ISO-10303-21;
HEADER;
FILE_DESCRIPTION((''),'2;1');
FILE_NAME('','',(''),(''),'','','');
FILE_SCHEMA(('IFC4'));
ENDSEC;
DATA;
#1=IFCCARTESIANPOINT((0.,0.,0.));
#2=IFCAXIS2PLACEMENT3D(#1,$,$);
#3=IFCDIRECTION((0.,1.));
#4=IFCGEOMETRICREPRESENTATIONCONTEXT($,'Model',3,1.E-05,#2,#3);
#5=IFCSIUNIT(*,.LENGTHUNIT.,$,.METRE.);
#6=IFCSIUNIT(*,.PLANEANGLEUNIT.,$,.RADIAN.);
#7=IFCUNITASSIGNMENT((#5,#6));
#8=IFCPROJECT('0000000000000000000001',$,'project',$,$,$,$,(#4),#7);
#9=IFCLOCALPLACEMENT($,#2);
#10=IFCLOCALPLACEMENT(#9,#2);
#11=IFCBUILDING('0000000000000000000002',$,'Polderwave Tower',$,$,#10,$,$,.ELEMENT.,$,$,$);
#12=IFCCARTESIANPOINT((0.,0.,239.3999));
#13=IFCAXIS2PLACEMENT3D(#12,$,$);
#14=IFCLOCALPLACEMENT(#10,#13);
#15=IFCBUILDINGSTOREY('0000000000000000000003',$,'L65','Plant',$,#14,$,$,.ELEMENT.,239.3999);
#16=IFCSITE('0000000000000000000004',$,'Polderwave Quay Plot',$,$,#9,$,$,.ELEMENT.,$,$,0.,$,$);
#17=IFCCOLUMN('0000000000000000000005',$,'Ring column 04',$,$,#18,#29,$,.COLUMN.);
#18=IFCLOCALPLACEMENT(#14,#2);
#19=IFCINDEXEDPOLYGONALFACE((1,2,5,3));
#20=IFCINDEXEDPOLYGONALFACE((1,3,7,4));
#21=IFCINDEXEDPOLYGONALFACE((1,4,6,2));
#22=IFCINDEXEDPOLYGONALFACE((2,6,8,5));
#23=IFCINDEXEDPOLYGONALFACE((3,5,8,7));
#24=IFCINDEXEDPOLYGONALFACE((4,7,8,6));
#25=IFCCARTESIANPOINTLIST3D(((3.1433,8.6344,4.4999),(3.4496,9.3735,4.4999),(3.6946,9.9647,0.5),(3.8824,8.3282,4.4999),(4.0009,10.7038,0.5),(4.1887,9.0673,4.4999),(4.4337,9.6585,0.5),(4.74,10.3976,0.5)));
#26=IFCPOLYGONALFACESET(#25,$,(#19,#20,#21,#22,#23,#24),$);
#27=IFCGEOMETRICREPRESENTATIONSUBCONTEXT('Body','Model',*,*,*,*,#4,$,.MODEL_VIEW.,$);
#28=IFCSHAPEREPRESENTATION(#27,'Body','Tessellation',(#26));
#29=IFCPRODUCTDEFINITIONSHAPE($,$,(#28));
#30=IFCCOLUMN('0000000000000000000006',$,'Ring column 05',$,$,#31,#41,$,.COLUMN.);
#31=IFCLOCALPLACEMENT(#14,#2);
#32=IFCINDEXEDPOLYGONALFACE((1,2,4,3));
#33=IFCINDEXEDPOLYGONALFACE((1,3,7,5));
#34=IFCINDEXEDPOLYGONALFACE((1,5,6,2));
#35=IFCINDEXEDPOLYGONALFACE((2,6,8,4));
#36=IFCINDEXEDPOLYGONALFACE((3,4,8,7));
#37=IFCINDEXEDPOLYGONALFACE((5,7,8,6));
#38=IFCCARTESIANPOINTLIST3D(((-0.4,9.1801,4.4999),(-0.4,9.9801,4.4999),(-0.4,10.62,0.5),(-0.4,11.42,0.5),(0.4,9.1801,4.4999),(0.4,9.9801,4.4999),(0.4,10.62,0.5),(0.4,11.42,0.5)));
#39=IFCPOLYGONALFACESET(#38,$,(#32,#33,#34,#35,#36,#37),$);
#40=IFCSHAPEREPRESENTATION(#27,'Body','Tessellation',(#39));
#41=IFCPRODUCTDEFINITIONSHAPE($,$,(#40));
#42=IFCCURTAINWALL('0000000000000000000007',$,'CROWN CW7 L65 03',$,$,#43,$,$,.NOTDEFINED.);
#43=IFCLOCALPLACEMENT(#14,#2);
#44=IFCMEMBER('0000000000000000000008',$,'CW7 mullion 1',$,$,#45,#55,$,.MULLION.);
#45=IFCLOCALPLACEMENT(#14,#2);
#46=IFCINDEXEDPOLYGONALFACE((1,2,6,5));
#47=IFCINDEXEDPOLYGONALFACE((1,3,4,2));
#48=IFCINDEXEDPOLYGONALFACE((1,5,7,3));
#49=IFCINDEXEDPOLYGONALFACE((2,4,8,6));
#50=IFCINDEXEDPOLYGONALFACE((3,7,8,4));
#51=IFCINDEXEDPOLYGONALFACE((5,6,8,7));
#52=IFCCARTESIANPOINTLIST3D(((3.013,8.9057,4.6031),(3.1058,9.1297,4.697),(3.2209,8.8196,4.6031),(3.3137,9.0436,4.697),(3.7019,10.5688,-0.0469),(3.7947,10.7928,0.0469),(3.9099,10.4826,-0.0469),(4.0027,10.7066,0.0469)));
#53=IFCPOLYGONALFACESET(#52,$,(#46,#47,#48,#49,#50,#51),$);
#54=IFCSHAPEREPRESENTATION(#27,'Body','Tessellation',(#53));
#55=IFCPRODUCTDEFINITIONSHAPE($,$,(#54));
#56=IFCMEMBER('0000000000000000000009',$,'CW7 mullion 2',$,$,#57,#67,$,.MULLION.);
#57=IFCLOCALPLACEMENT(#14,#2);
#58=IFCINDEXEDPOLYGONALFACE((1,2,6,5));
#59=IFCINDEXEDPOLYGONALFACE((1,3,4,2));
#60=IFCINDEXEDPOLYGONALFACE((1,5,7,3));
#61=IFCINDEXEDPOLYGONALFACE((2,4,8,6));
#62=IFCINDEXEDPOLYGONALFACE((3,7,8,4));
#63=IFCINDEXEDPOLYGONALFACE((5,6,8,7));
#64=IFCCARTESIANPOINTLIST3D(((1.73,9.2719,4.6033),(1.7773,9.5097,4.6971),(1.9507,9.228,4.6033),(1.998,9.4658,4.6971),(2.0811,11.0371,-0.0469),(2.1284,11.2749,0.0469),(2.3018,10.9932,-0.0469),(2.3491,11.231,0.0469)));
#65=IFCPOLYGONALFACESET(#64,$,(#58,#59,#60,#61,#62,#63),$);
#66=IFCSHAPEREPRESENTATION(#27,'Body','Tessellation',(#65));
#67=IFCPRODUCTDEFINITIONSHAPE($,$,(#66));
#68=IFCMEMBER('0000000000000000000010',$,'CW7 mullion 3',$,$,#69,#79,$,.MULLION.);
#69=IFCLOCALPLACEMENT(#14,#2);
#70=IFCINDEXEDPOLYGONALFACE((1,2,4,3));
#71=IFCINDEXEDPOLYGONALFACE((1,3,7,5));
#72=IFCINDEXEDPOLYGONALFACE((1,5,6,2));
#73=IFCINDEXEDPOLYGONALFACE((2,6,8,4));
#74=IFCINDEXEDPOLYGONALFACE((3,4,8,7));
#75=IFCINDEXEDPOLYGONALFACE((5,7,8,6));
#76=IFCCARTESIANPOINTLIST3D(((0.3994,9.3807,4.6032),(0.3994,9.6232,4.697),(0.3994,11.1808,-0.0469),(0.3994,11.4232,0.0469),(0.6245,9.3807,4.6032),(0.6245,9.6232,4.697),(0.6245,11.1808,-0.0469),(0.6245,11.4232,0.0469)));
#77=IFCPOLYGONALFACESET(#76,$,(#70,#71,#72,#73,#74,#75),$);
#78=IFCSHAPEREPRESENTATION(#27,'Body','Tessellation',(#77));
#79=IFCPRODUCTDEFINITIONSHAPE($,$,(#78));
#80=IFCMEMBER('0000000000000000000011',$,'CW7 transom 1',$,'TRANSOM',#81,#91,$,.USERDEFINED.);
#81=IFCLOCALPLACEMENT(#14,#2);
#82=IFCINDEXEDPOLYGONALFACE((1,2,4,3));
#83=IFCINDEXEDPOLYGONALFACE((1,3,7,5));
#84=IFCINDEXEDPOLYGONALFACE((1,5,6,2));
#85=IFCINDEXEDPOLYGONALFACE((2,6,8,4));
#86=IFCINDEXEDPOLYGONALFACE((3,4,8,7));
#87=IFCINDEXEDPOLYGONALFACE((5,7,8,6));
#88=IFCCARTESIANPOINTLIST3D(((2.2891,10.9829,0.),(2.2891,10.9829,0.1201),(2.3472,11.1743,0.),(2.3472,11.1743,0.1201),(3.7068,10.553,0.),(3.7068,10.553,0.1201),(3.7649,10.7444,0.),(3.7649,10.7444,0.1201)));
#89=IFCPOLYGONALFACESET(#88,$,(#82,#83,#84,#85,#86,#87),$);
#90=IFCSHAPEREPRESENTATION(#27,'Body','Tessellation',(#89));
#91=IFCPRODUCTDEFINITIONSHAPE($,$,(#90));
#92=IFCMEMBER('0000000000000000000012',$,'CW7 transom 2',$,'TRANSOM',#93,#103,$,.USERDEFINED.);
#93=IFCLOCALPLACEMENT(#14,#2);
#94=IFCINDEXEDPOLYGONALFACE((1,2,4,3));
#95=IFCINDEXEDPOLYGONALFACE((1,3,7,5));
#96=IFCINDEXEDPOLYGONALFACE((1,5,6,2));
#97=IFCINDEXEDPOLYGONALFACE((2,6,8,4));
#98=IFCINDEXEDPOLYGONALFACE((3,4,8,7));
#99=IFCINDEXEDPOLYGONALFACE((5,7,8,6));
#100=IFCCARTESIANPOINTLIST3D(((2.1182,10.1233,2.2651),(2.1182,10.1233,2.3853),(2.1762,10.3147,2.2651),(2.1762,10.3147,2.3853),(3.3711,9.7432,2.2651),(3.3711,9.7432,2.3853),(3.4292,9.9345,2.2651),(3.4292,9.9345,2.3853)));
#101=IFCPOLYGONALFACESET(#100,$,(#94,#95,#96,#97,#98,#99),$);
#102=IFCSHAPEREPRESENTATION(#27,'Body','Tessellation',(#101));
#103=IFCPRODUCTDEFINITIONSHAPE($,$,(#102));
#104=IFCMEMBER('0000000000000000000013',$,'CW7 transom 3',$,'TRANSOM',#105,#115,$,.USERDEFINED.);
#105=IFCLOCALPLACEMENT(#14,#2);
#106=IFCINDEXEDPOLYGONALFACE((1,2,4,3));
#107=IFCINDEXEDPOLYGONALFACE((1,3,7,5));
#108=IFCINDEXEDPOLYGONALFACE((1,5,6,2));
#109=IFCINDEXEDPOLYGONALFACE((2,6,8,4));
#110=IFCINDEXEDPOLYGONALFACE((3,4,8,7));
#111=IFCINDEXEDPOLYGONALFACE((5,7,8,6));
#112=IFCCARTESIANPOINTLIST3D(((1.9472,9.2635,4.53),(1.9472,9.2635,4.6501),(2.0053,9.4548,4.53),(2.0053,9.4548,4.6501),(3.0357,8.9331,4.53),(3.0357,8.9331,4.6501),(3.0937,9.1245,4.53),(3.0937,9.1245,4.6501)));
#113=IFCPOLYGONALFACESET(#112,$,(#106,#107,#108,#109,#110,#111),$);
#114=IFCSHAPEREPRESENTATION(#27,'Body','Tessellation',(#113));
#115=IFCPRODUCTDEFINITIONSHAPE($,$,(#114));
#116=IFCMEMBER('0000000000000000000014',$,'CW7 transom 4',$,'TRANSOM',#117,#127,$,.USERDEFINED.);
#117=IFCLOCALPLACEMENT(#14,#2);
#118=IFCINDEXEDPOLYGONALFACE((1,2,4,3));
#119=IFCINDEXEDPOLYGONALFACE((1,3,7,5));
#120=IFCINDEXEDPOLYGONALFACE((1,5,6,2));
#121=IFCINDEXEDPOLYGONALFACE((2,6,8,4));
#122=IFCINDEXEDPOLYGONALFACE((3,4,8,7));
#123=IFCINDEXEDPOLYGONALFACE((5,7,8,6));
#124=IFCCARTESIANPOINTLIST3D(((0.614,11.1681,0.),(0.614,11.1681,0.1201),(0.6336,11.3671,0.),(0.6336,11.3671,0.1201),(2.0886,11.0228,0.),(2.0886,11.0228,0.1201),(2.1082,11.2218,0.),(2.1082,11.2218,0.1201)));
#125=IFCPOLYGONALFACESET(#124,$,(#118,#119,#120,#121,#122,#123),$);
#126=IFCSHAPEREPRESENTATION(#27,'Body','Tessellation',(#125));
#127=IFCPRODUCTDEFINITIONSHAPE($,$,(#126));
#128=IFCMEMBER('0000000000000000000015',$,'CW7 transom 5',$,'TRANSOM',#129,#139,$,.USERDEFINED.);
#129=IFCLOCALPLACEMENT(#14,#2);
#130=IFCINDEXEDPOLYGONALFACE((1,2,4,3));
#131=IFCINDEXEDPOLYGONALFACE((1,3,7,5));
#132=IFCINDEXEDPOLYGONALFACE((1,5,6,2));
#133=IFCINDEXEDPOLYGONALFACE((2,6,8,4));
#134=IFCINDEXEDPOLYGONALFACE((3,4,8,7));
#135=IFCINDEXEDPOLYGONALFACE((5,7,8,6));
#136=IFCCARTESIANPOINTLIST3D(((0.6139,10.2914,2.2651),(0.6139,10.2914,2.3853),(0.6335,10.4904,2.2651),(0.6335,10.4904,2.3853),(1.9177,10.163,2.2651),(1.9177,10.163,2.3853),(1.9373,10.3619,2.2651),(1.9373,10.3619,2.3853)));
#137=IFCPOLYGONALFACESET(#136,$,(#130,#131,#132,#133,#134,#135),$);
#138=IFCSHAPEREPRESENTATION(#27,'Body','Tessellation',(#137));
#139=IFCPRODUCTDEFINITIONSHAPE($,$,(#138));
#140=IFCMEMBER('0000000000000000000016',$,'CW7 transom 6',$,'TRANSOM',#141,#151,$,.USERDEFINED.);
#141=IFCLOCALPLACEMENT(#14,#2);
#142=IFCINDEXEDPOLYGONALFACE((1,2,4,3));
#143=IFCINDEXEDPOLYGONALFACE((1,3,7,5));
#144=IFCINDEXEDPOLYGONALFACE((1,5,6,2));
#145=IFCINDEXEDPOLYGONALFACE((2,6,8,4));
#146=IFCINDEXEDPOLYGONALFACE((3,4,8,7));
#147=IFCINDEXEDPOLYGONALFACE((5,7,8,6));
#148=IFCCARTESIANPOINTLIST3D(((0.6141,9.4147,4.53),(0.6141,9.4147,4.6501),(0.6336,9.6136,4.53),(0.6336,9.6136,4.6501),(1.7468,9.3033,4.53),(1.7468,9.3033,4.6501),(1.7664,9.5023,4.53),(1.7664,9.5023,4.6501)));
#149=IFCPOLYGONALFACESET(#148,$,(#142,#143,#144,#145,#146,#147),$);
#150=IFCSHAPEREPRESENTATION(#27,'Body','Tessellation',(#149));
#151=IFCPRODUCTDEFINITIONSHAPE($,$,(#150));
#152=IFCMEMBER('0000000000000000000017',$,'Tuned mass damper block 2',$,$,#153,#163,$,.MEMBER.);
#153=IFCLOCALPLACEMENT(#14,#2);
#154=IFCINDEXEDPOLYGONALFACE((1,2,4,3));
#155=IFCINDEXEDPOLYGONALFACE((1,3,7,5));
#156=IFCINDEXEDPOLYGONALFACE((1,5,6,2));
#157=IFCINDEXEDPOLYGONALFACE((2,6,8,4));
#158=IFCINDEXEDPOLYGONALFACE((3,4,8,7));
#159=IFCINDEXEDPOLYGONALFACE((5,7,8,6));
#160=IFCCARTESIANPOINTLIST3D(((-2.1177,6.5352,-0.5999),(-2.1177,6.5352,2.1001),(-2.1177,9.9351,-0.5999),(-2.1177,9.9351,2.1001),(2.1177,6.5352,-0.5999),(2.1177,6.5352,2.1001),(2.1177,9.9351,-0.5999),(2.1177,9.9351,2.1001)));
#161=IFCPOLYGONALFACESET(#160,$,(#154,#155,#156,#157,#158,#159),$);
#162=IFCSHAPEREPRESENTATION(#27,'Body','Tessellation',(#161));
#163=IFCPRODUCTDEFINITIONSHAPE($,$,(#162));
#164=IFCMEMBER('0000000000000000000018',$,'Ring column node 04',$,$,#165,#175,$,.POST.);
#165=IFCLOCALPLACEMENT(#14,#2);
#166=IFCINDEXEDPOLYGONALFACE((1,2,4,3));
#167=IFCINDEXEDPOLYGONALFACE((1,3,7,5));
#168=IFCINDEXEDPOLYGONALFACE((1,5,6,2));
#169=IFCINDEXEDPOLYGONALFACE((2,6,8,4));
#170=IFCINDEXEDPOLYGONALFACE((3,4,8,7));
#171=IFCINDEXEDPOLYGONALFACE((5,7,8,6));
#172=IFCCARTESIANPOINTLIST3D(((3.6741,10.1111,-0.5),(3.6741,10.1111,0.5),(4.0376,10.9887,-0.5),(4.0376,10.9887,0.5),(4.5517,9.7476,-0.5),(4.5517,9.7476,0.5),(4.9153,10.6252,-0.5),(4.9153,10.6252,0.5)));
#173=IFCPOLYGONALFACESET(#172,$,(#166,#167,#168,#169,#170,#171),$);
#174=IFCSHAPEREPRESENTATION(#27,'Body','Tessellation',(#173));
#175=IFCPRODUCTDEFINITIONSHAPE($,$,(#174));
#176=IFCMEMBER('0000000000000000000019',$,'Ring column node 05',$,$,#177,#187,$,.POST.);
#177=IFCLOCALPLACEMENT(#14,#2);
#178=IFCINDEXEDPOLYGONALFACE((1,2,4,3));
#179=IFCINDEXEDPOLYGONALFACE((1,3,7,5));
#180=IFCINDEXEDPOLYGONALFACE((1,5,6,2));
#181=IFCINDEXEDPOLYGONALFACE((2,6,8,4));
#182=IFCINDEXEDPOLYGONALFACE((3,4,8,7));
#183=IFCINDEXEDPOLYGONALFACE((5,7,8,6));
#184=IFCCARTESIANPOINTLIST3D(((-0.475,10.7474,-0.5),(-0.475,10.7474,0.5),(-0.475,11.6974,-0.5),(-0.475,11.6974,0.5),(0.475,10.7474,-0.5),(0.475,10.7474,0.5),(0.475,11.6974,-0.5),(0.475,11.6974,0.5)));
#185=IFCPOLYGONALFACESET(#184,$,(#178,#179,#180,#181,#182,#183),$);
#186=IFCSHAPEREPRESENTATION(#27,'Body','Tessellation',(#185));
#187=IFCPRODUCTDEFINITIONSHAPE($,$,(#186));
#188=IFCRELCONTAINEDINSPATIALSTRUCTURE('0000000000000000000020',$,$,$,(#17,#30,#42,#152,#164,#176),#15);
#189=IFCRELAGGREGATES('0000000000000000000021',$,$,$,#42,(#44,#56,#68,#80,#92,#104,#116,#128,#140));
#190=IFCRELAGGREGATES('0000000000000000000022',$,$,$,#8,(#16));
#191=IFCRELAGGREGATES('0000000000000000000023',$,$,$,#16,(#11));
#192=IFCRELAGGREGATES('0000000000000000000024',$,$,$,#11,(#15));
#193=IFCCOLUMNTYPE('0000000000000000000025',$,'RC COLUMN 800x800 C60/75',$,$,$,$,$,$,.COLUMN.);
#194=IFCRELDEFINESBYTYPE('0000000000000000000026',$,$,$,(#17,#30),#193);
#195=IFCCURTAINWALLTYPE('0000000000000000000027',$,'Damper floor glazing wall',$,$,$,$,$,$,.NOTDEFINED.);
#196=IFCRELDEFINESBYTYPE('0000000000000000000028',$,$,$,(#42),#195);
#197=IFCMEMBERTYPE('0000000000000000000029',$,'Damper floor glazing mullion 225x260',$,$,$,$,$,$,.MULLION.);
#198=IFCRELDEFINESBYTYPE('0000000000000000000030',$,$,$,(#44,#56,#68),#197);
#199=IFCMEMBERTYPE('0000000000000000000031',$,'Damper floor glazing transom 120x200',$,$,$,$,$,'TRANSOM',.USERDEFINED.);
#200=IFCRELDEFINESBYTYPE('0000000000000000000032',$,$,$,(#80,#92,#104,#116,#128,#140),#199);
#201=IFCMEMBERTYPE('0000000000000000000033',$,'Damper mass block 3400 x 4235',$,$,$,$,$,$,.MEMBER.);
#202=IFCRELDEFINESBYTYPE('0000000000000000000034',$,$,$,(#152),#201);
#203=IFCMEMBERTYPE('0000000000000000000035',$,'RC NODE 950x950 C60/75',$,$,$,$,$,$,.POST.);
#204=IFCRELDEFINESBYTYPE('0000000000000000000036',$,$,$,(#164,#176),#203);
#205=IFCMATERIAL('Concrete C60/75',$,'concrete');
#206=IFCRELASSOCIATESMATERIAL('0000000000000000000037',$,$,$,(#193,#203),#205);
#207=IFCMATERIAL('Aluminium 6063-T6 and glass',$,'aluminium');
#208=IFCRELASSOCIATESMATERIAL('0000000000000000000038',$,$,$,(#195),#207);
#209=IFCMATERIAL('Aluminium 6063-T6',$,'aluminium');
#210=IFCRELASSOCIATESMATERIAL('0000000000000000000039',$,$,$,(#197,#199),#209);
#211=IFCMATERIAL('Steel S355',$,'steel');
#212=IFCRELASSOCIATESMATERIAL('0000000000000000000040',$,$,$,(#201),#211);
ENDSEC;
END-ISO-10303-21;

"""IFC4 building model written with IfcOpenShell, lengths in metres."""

from ifc_helpers import new_model, si_unit, direction, frame, origin, origin_2d, place, context, subcontext, project, spatial, rectangle, extrude, material, material_profile, profile_set, type_object, element, aggregate, save


model = new_model("IFC4")

# Units and contexts
model_context = context("Model", 3, precision=1e-05, world=origin(), true_north=direction((0.0, 1.0)))
body_context = subcontext(model_context, "Body", "Model", "MODEL_VIEW")
ifc_project = project(units=[si_unit("LENGTHUNIT", "METRE"), si_unit("PLANEANGLEUNIT", "RADIAN")], contexts=[model_context])

# Site, building, storey
site_placement = place(None, origin())
site = spatial("IfcSite", under=ifc_project, at=site_placement, Name="Polderwave Quay Plot", CompositionType="ELEMENT", RefElevation=0.0)
building_placement = place(site_placement, origin())
building = spatial("IfcBuilding", under=site, at=building_placement, Name="Polderwave Tower", CompositionType="ELEMENT")
storey_placement = place(building_placement, frame((0.0, 0.0, 239.3999)))
storey = spatial("IfcBuildingStorey", under=building, at=storey_placement, Name="L65", Description="Plant", CompositionType="ELEMENT", Elevation=239.3999)

# Columns
ifc_material_1 = material(Name="Concrete C60/75", Category="concrete")
ifc_material_profile_1 = material_profile(ifc_material_1, rectangle(XDim=0.8, YDim=0.8, at=origin_2d()), Name="RC 800x800")
ifc_profile_set_1 = profile_set([ifc_material_profile_1], Name="Concrete C60/75")
column_type = type_object("IfcColumnType", Name="RC COLUMN 800x800 C60/75", PredefinedType="COLUMN", material=ifc_profile_set_1)
column_1_placement = place(storey_placement, frame((4.2173, 10.1812, 0.5), z_axis=(0.0, 0.0, 1.0), x_axis=(0.923823, -0.382821, 0.0)))
element("IfcColumn", 1, at=column_1_placement, inside=storey, type_object=column_type, Name="Ring column 04", PredefinedType="COLUMN", context=body_context, shape_type="SweptSolid", body=[
    extrude(rectangle(XDim=0.8, YDim=0.8, at=origin_2d()), origin(), (0.0, -0.338723, 0.940886), 4.2512),
])
column_2_placement = place(storey_placement, frame((0.0, 11.02, 0.5), z_axis=(0.0, 0.0, 1.0), x_axis=(1.0, 0.0, 0.0)))
element("IfcColumn", 2, at=column_2_placement, inside=storey, type_object=column_type, Name="Ring column 05", PredefinedType="COLUMN", context=body_context, shape_type="SweptSolid", body=[
    extrude(rectangle(XDim=0.8, YDim=0.8, at=origin_2d()), origin(), (0.0, -0.338707, 0.940892), 4.2512),
])

# Curtain wall, members
ifc_material_2 = material(Name="Aluminium 6063-T6 and glass", Category="aluminium")
curtain_wall_type = type_object("IfcCurtainWallType", Name="Damper floor glazing wall", PredefinedType="NOTDEFINED", material=ifc_material_2)
curtain_wall_placement = place(storey_placement, origin())
curtain_wall = element("IfcCurtainWall", 3, at=curtain_wall_placement, inside=storey, type_object=curtain_wall_type, Name="CROWN CW7 L65 03", PredefinedType="NOTDEFINED")
ifc_material_3 = material(Name="Aluminium 6063-T6", Category="aluminium")
ifc_material_profile_2 = material_profile(ifc_material_3, rectangle(XDim=0.2251, YDim=0.26, at=origin_2d()), Name="AL 225x260")
ifc_profile_set_2 = profile_set([ifc_material_profile_2], Name="Aluminium 6063-T6")
member_type_1 = type_object("IfcMemberType", Name="Damper floor glazing mullion 225x260", PredefinedType="MULLION", material=ifc_profile_set_2)
member_1_placement = place(storey_placement, frame((3.8523, 10.6377, 0.0), z_axis=(-0.138168, -0.333523, 0.932562), x_axis=(0.923861, -0.382727, 0.0)))
member_1 = element("IfcMember", 4, at=member_1_placement, type_object=member_type_1, Name="CW7 mullion 1", PredefinedType="MULLION", context=body_context, shape_type="SweptSolid", body=[
    extrude(rectangle(XDim=0.2251, YDim=0.26, at=origin_2d()), origin(), (0.0, 0.0, 1.0), 4.9863),
])
member_2_placement = place(storey_placement, frame((2.2151, 11.134, 0.0), z_axis=(-0.070408, -0.354, 0.932591), x_axis=(0.980789, -0.195073, 0.0)))
member_2 = element("IfcMember", 5, at=member_2_placement, type_object=member_type_1, Name="CW7 mullion 2", PredefinedType="MULLION", context=body_context, shape_type="SweptSolid", body=[
    extrude(rectangle(XDim=0.2251, YDim=0.26, at=origin_2d()), origin(), (0.0, 0.0, 1.0), 4.9863),
])
member_3_placement = place(storey_placement, frame((0.512, 11.302, 0.0), z_axis=(0.0, -0.360993, 0.932569), x_axis=(1.0, 0.0, 0.0)))
member_3 = element("IfcMember", 6, at=member_3_placement, type_object=member_type_1, Name="CW7 mullion 3", PredefinedType="MULLION", context=body_context, shape_type="SweptSolid", body=[
    extrude(rectangle(XDim=0.2251, YDim=0.26, at=origin_2d()), origin(), (0.0, 0.0, 1.0), 4.9863),
])
ifc_material_profile_3 = material_profile(ifc_material_3, rectangle(XDim=0.2, YDim=0.1201, at=origin_2d()), Name="AL 120x200")
ifc_profile_set_3 = profile_set([ifc_material_profile_3], Name="Aluminium 6063-T6")
member_type_2 = type_object("IfcMemberType", Name="Damper floor glazing transom 120x200", ElementType="TRANSOM", PredefinedType="USERDEFINED", material=ifc_profile_set_3)
member_4_placement = place(storey_placement, frame((3.7358, 10.6487, 0.0601), z_axis=(-0.956965, 0.290204, 0.0), x_axis=(-0.290204, -0.956965, 0.0)))
member_4 = element("IfcMember", 7, at=member_4_placement, type_object=member_type_2, Name="CW7 transom 1", ObjectType="TRANSOM", PredefinedType="USERDEFINED", context=body_context, shape_type="SweptSolid", body=[
    extrude(rectangle(XDim=0.2, YDim=0.1201, at=origin_2d()), origin(), (0.0, 0.0, 1.0), 1.4814),
])
member_5_placement = place(storey_placement, frame((3.4001, 9.8389, 2.3252), z_axis=(-0.956929, 0.290323, 0.0), x_axis=(-0.290323, -0.956929, 0.0)))
member_5 = element("IfcMember", 8, at=member_5_placement, type_object=member_type_2, Name="CW7 transom 2", ObjectType="TRANSOM", PredefinedType="USERDEFINED", context=body_context, shape_type="SweptSolid", body=[
    extrude(rectangle(XDim=0.2, YDim=0.1201, at=origin_2d()), origin(), (0.0, 0.0, 1.0), 1.3093),
])
member_6_placement = place(storey_placement, frame((3.0647, 9.0288, 4.5901), z_axis=(-0.9569, 0.290418, 0.0), x_axis=(-0.290418, -0.9569, 0.0)))
member_6 = element("IfcMember", 9, at=member_6_placement, type_object=member_type_2, Name="CW7 transom 3", ObjectType="TRANSOM", PredefinedType="USERDEFINED", context=body_context, shape_type="SweptSolid", body=[
    extrude(rectangle(XDim=0.2, YDim=0.1201, at=origin_2d()), origin(), (0.0, 0.0, 1.0), 1.1375),
])
member_7_placement = place(storey_placement, frame((2.0984, 11.1223, 0.0601), z_axis=(-0.995183, 0.098035, 0.0), x_axis=(-0.098035, -0.995183, 0.0)))
member_7 = element("IfcMember", 10, at=member_7_placement, type_object=member_type_2, Name="CW7 transom 4", ObjectType="TRANSOM", PredefinedType="USERDEFINED", context=body_context, shape_type="SweptSolid", body=[
    extrude(rectangle(XDim=0.2, YDim=0.1201, at=origin_2d()), origin(), (0.0, 0.0, 1.0), 1.4817),
])
member_8_placement = place(storey_placement, frame((1.9275, 10.2625, 2.3252), z_axis=(-0.995184, 0.098027, 0.0), x_axis=(-0.098027, -0.995184, 0.0)))
member_8 = element("IfcMember", 11, at=member_8_placement, type_object=member_type_2, Name="CW7 transom 5", ObjectType="TRANSOM", PredefinedType="USERDEFINED", context=body_context, shape_type="SweptSolid", body=[
    extrude(rectangle(XDim=0.2, YDim=0.1201, at=origin_2d()), origin(), (0.0, 0.0, 1.0), 1.3101),
])
member_9_placement = place(storey_placement, frame((1.7566, 9.4028, 4.5901), z_axis=(-0.995206, 0.097805, 0.0), x_axis=(-0.097805, -0.995206, 0.0)))
member_9 = element("IfcMember", 12, at=member_9_placement, type_object=member_type_2, Name="CW7 transom 6", ObjectType="TRANSOM", PredefinedType="USERDEFINED", context=body_context, shape_type="SweptSolid", body=[
    extrude(rectangle(XDim=0.2, YDim=0.1201, at=origin_2d()), origin(), (0.0, 0.0, 1.0), 1.1382),
])

# Members
ifc_material_4 = material(Name="Steel S355", Category="steel")
ifc_material_profile_4 = material_profile(ifc_material_4, rectangle(XDim=3.3999, YDim=4.2354, at=origin_2d()), Name="Steel block 3400x4235")
ifc_profile_set_4 = profile_set([ifc_material_profile_4], Name="Steel S355")
member_type_3 = type_object("IfcMemberType", Name="Damper mass block 3400 x 4235", PredefinedType="MEMBER", material=ifc_profile_set_4)
member_10_placement = place(storey_placement, frame((0.0, 8.2351, -0.5999), z_axis=(0.0, 0.0, 1.0), x_axis=(0.0, 1.0, 0.0)))
element("IfcMember", 13, at=member_10_placement, inside=storey, type_object=member_type_3, Name="Tuned mass damper block 2", PredefinedType="MEMBER", context=body_context, shape_type="SweptSolid", body=[
    extrude(rectangle(XDim=3.3999, YDim=4.2354, at=origin_2d()), origin(), (0.0, 0.0, 1.0), 2.7),
])
ifc_material_profile_5 = material_profile(ifc_material_1, rectangle(XDim=0.95, YDim=0.95, at=origin_2d()), Name="RC 950x950")
ifc_profile_set_5 = profile_set([ifc_material_profile_5], Name="Concrete C60/75")
member_type_4 = type_object("IfcMemberType", Name="RC NODE 950x950 C60/75", PredefinedType="POST", material=ifc_profile_set_5)
for number, where, z_axis, x_axis, name in (
    (14, (4.2947, 10.3682, -0.5), (0.0, 0.0, 1.0), (0.382683, 0.92388, 0.0), "Ring column node 04"),
    (15, (0.0, 11.2224, -0.5), (0.0, 0.0, 1.0), (0.0, 1.0, 0.0), "Ring column node 05"),
):
    element("IfcMember", number, at=place(storey_placement, frame(where, z_axis=z_axis, x_axis=x_axis)), inside=storey, type_object=member_type_4, Name=name, PredefinedType="POST", context=body_context, shape_type="SweptSolid", body=[
        extrude(rectangle(XDim=0.95, YDim=0.95, at=origin_2d()), origin(), (0.0, 0.0, 1.0), 1.0),
    ])

aggregate(curtain_wall, [member_1, member_2, member_3, member_4, member_5, member_6, member_7, member_8, member_9])

save(model, "model.ifc")
